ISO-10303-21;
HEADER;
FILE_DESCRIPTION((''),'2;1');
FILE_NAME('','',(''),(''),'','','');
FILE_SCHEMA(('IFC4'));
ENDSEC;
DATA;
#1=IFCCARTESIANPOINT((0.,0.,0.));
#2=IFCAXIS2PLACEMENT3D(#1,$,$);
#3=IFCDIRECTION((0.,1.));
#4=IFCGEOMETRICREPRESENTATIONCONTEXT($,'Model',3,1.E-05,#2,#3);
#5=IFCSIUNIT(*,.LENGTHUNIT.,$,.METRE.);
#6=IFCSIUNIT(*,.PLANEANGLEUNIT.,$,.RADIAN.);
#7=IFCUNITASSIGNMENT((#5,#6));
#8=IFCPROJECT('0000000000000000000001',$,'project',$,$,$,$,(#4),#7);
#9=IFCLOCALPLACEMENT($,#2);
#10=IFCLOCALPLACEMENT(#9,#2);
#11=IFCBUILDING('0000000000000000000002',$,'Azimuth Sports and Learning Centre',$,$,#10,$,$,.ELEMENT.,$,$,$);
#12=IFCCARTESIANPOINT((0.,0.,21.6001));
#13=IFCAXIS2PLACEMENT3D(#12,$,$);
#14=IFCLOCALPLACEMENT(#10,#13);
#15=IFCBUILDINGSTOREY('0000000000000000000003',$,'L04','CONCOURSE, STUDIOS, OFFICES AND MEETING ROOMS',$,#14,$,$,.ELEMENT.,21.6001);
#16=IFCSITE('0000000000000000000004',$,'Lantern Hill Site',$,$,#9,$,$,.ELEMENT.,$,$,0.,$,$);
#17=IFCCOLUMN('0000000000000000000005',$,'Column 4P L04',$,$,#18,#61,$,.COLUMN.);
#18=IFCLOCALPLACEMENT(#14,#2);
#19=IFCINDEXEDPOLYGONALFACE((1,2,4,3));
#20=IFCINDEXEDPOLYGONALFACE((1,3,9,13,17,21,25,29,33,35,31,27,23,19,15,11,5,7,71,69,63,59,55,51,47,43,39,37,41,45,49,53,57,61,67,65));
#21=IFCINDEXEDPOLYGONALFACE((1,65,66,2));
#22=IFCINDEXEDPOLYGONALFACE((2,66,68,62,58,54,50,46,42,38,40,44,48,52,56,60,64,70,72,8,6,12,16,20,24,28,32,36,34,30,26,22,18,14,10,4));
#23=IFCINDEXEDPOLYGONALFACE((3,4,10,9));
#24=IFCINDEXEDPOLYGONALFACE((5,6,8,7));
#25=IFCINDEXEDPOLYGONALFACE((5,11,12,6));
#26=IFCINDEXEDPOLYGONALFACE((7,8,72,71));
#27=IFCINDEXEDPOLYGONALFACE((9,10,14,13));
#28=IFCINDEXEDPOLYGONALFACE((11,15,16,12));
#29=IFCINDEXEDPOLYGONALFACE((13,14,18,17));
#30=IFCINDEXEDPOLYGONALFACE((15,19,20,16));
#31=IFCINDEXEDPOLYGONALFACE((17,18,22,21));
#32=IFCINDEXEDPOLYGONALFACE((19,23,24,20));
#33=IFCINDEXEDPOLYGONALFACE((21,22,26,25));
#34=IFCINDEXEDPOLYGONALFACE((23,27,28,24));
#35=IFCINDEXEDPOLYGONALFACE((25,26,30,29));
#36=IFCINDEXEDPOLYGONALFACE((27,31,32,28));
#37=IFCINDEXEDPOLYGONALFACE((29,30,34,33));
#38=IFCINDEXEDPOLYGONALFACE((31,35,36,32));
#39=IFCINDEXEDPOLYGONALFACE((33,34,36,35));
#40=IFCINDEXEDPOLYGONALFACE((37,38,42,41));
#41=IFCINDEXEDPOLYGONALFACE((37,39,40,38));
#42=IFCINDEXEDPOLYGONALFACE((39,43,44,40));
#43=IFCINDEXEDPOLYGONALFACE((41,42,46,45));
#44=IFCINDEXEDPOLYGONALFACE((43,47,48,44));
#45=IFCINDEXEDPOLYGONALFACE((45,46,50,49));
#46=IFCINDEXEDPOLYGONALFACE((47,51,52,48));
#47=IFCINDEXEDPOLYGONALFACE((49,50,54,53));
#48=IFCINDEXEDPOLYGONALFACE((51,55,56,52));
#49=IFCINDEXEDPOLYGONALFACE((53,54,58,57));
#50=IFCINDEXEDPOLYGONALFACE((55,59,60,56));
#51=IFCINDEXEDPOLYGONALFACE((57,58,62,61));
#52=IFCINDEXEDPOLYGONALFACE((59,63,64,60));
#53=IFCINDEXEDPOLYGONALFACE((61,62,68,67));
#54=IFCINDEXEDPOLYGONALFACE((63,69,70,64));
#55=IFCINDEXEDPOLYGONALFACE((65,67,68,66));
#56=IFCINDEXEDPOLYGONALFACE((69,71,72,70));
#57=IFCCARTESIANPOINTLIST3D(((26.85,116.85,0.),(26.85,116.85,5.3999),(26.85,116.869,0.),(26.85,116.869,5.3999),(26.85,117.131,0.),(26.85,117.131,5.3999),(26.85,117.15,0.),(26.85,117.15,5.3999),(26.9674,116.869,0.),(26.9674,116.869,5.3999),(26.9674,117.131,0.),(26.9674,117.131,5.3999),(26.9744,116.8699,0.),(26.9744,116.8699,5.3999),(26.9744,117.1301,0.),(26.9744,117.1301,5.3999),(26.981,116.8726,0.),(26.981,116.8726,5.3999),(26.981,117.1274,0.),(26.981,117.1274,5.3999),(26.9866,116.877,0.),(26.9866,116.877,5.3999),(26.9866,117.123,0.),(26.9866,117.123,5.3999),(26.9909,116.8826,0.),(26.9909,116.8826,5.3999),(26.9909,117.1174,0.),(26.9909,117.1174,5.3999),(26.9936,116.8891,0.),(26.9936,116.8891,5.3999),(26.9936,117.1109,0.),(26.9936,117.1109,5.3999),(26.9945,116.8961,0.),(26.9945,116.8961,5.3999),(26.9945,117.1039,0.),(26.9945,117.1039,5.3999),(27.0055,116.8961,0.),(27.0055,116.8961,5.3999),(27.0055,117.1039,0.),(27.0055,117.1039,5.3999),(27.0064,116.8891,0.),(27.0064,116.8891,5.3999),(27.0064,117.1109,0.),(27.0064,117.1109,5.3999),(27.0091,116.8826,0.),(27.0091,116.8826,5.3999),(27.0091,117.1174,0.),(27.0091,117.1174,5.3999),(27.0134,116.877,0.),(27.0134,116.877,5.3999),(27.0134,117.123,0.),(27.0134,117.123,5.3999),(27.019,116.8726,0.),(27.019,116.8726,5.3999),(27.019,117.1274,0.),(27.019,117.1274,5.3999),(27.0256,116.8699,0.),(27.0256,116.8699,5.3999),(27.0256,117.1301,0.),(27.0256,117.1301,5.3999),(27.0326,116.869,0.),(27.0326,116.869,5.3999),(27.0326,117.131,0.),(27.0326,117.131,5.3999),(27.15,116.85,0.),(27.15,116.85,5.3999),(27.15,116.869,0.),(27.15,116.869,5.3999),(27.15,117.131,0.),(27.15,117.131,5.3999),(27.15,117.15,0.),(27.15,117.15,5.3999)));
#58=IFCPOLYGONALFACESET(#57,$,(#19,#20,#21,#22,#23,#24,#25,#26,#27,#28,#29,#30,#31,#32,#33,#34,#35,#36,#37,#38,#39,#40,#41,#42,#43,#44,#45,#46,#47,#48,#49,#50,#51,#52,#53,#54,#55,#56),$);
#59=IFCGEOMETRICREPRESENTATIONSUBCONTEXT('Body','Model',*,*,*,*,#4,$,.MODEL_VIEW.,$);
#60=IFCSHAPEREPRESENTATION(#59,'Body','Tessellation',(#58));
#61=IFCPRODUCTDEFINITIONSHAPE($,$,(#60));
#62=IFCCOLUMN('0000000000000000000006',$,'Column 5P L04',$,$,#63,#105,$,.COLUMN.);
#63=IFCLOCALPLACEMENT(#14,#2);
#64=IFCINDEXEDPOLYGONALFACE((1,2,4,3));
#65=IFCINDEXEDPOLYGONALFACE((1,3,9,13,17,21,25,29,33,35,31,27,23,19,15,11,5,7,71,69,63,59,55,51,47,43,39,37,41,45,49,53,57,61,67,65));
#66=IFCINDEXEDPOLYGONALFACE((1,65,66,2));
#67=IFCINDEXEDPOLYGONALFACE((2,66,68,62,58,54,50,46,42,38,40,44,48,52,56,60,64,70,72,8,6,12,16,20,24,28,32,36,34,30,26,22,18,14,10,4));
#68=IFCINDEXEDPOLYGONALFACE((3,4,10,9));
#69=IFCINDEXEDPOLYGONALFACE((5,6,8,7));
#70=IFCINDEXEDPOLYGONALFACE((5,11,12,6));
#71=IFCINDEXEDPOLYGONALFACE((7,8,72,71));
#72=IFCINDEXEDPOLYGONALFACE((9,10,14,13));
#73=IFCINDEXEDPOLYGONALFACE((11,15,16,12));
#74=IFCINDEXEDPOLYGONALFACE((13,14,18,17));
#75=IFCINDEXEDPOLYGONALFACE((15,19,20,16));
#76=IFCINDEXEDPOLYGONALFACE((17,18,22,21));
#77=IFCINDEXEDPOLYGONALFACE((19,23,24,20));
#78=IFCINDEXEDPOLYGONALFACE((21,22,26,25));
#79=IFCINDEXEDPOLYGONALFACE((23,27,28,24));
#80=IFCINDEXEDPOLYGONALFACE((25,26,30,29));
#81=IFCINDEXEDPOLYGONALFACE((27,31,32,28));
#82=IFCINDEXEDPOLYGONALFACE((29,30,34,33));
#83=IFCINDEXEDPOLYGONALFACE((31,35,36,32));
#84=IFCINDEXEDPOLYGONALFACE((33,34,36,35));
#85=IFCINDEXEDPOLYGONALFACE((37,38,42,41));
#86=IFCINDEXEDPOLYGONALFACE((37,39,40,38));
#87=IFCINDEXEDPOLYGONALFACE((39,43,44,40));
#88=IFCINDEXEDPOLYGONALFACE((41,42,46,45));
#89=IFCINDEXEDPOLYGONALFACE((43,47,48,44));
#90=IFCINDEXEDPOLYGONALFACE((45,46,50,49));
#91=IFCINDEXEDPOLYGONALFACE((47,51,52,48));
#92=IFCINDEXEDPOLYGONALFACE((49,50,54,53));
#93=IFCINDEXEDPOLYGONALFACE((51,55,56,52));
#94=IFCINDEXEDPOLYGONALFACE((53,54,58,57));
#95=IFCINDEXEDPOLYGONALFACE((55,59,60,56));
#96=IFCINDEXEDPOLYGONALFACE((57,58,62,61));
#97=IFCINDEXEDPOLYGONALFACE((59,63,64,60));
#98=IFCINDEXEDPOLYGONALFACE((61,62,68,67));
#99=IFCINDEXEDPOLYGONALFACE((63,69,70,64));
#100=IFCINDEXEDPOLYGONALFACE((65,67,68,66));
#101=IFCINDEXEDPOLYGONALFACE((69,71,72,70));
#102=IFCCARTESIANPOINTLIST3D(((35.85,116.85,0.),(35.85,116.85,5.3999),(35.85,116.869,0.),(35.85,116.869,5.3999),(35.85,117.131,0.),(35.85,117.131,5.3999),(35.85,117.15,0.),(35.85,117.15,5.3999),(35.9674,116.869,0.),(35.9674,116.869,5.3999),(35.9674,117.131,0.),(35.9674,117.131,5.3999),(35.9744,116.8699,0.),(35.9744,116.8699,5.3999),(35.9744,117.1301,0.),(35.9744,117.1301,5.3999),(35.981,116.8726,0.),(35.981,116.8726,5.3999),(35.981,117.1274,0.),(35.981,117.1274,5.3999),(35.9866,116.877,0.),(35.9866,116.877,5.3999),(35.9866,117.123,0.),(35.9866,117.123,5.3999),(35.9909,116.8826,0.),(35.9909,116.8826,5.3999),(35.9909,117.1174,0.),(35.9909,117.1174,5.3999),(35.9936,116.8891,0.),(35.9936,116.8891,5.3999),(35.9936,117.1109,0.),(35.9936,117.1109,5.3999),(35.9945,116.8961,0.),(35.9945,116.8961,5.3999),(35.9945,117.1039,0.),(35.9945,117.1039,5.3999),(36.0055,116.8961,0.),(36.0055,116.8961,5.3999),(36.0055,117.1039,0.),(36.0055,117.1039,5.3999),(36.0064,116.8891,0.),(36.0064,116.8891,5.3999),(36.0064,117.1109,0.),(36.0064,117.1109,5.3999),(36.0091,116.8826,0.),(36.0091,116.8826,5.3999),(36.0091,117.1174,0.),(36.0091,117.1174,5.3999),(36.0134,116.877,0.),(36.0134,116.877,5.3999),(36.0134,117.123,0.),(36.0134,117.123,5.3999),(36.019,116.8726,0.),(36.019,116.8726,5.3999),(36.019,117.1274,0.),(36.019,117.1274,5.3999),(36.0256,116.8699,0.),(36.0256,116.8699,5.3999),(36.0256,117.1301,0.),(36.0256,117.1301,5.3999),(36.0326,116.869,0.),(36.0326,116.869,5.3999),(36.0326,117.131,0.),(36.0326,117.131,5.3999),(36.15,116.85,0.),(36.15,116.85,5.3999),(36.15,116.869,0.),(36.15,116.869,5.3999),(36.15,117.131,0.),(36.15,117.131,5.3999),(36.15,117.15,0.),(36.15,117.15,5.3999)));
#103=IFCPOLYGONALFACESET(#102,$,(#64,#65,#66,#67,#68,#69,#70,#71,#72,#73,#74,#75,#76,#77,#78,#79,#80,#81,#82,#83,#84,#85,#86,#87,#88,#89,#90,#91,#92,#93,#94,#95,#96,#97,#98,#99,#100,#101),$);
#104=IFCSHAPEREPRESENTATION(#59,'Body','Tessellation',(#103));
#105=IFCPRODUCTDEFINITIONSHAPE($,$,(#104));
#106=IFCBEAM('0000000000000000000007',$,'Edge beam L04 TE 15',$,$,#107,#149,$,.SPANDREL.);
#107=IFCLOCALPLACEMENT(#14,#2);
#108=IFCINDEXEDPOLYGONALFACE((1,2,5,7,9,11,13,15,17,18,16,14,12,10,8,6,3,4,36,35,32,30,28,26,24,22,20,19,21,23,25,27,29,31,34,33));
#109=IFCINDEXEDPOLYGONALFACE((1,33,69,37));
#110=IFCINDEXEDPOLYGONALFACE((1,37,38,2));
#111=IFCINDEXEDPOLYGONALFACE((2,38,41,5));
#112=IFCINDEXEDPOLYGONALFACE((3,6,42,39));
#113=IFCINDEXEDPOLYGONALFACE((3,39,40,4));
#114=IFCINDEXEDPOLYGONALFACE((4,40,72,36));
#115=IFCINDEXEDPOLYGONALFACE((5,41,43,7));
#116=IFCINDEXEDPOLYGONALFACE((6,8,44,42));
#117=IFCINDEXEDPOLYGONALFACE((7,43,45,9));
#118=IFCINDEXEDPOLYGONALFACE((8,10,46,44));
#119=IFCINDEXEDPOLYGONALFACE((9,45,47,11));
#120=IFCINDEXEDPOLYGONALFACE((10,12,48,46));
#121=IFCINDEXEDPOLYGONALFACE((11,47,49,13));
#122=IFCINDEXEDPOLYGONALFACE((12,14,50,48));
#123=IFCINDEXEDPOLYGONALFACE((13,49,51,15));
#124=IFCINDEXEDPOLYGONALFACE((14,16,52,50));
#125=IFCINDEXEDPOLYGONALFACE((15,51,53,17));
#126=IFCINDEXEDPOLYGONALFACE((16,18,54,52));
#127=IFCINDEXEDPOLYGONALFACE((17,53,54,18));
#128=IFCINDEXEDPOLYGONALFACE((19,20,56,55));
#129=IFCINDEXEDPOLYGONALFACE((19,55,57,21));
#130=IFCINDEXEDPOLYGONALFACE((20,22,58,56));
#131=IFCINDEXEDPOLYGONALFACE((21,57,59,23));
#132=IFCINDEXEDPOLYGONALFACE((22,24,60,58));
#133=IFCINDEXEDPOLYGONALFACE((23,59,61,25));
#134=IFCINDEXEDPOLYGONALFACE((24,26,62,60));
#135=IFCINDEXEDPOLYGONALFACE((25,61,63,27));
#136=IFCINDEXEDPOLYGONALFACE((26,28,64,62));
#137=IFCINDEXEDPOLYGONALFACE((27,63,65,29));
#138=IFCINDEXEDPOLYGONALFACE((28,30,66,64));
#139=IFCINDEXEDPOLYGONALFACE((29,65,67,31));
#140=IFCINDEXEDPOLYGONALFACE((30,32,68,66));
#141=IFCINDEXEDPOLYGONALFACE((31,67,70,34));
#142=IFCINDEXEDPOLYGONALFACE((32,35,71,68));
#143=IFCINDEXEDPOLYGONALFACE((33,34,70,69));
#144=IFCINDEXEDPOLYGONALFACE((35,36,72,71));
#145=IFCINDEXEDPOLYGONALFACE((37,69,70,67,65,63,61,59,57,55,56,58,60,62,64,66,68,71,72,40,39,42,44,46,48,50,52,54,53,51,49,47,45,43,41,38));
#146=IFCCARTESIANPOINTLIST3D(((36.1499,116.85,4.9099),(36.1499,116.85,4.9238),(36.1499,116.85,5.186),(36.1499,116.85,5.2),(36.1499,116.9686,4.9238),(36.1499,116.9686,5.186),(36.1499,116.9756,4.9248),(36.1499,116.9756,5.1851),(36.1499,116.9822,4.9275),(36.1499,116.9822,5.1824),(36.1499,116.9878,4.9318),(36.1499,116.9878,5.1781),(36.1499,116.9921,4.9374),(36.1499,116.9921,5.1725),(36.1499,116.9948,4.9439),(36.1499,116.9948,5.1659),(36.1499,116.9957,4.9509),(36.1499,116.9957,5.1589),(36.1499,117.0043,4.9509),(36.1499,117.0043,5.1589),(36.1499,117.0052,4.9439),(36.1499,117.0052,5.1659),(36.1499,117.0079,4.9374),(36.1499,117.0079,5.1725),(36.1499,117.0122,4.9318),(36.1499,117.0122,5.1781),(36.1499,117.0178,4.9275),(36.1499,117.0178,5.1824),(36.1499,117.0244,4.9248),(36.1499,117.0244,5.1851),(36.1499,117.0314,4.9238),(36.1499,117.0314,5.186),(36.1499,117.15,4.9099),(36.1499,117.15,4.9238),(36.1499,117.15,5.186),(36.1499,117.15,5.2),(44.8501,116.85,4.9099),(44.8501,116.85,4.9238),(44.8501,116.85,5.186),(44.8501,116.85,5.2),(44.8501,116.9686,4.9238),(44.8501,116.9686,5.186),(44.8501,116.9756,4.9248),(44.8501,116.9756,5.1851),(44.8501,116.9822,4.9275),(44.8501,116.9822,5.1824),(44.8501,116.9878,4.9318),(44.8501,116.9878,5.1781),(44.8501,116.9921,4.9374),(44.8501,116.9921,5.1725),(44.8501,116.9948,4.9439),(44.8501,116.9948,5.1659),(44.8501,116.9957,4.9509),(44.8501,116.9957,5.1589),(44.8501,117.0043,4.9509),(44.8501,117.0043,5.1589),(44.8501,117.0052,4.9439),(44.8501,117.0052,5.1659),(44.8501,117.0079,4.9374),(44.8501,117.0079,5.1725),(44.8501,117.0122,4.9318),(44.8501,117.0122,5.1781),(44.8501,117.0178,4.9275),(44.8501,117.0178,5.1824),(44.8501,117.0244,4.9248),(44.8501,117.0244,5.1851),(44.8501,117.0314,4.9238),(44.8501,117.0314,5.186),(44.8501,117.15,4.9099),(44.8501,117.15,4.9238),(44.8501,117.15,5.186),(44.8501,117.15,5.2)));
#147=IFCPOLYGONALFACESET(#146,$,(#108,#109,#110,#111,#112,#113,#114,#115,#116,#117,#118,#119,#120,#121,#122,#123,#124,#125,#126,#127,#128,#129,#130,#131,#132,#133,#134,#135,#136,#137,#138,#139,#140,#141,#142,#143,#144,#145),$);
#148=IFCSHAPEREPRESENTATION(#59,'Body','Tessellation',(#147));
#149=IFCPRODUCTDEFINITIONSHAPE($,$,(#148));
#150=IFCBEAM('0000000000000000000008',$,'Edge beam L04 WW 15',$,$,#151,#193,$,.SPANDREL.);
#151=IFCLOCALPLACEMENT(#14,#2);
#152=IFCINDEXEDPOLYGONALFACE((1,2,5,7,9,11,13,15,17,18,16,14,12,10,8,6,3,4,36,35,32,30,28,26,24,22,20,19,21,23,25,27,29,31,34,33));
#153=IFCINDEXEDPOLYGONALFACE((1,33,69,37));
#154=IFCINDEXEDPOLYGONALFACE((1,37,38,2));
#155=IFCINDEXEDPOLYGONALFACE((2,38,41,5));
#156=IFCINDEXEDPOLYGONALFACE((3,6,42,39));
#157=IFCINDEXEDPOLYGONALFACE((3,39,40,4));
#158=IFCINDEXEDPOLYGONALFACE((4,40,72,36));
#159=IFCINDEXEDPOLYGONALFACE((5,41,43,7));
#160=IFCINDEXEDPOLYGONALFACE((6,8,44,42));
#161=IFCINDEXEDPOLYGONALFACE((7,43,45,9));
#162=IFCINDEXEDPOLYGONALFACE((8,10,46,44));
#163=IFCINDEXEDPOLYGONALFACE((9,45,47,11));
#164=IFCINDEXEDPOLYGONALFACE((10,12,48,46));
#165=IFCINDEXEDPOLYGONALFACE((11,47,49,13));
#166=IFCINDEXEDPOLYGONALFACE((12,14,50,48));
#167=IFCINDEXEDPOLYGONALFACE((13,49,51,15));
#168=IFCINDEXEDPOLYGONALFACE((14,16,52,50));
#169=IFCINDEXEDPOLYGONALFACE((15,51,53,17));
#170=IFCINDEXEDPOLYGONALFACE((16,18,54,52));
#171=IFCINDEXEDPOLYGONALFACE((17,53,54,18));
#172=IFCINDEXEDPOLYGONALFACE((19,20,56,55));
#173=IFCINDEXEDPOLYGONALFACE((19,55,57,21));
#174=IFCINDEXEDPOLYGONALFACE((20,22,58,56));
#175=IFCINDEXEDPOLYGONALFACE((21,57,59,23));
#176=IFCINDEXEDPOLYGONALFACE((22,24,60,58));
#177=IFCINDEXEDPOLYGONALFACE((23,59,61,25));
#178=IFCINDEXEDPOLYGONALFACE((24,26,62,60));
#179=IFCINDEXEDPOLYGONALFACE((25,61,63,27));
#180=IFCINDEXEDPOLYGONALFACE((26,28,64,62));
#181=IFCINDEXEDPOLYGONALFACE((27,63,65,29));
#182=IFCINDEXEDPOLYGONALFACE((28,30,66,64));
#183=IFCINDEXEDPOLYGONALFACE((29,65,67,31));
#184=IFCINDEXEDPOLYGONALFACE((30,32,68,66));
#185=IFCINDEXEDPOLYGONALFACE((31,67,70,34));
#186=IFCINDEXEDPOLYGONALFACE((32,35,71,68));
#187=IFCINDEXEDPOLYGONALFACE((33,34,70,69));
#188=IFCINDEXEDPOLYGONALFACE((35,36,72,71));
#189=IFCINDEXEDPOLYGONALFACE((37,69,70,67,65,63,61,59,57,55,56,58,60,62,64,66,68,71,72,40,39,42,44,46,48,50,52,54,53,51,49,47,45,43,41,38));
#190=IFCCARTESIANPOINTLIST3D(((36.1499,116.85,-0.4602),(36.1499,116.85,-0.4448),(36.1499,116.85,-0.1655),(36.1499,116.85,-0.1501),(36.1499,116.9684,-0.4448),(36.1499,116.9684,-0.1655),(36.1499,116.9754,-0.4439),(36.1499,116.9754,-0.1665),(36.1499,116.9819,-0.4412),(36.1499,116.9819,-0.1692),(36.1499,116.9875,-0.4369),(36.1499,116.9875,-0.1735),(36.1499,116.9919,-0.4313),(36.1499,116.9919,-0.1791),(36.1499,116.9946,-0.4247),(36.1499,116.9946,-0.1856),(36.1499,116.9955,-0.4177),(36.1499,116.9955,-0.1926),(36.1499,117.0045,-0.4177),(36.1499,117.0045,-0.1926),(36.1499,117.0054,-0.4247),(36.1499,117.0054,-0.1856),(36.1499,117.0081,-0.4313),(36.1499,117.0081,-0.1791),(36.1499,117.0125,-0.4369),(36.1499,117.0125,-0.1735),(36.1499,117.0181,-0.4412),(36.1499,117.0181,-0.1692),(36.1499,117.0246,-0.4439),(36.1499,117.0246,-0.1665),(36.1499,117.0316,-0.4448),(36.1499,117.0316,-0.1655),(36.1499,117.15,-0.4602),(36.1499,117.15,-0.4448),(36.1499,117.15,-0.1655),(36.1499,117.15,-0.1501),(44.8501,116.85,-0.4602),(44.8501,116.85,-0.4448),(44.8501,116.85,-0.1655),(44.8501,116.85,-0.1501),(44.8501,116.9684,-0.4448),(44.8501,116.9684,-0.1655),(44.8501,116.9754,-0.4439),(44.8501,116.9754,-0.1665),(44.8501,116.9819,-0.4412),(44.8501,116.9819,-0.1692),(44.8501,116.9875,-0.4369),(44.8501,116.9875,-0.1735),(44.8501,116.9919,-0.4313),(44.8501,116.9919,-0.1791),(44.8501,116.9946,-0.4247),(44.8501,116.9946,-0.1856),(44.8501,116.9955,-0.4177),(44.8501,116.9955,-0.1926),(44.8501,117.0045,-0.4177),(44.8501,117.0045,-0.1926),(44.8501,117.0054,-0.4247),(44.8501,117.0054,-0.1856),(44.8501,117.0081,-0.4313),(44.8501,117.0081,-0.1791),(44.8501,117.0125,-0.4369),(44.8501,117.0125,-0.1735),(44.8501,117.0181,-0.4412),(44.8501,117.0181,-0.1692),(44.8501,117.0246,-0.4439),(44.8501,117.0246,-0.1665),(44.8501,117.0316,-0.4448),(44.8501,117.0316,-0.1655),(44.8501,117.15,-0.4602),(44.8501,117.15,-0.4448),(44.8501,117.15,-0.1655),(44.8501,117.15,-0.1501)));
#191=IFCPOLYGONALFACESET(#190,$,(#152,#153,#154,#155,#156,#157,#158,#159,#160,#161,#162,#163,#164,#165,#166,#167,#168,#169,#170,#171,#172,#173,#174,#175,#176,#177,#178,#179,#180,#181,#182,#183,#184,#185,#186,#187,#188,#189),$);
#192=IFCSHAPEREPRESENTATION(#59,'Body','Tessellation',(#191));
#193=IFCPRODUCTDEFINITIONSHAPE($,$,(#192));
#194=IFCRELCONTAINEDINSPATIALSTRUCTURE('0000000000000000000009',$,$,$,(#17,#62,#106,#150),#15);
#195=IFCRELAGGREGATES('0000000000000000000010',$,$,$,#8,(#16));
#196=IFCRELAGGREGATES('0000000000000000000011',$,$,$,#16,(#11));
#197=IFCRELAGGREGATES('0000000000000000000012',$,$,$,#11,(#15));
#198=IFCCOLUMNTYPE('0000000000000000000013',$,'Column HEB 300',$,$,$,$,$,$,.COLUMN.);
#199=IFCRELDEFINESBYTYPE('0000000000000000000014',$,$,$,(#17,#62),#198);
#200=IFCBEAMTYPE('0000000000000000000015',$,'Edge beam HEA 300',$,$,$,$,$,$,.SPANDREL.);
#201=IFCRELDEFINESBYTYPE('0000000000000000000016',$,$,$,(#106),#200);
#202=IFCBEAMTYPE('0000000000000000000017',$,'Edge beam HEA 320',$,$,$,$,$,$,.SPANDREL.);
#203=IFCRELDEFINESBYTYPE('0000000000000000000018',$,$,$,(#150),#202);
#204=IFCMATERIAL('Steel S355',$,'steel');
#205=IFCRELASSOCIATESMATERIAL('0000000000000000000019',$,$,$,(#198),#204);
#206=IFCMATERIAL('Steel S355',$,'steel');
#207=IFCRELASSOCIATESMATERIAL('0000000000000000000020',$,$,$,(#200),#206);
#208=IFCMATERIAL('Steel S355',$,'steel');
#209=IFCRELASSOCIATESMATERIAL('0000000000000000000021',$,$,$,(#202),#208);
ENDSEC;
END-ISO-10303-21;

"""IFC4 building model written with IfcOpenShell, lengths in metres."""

from ifc_helpers import new_model, si_unit, direction, frame, origin, origin_2d, place, context, subcontext, project, spatial, i_section, extrude, material, material_profile, profile_set, type_object, element, save


model = new_model("IFC4")

# Units and contexts
model_context = context("Model", 3, precision=1e-05, world=origin(), true_north=direction((0.0, 1.0)))
body_context = subcontext(model_context, "Body", "Model", "MODEL_VIEW")
ifc_project = project(units=[si_unit("LENGTHUNIT", "METRE"), si_unit("PLANEANGLEUNIT", "RADIAN")], contexts=[model_context])

# Site, building, storey
site_placement = place(None, origin())
site = spatial("IfcSite", under=ifc_project, at=site_placement, Name="Lantern Hill Site", CompositionType="ELEMENT", RefElevation=0.0)
building_placement = place(site_placement, origin())
building = spatial("IfcBuilding", under=site, at=building_placement, Name="Azimuth Sports and Learning Centre", CompositionType="ELEMENT")
storey_placement = place(building_placement, frame((0.0, 0.0, 21.6001)))
storey = spatial("IfcBuildingStorey", under=building, at=storey_placement, Name="L04", Description="CONCOURSE, STUDIOS, OFFICES AND MEETING ROOMS", CompositionType="ELEMENT", Elevation=21.6001)

# Columns
ifc_material_1 = material(Name="Steel S355", Category="steel")
ifc_material_profile_1 = material_profile(ifc_material_1, i_section(OverallWidth=0.3, OverallDepth=0.3, WebThickness=0.011, FlangeThickness=0.019, FilletRadius=0.0271, at=origin_2d()), Name="HEB 300")
ifc_profile_set_1 = profile_set([ifc_material_profile_1], Name="Steel S355")
column_type = type_object("IfcColumnType", Name="Column HEB 300", PredefinedType="COLUMN", material=ifc_profile_set_1)
for number, where, z_axis, x_axis, name in (
    (1, (27.0, 117.0, 0.0), (0.0, 0.0, 1.0), (1.0, 0.0, 0.0), "Column 4P L04"),
    (2, (36.0, 117.0, 0.0), (0.0, 0.0, 1.0), (1.0, 0.0, 0.0), "Column 5P L04"),
):
    element("IfcColumn", number, at=place(storey_placement, frame(where, z_axis=z_axis, x_axis=x_axis)), inside=storey, type_object=column_type, Name=name, PredefinedType="COLUMN", context=body_context, shape_type="SweptSolid", body=[
        extrude(i_section(OverallWidth=0.3, OverallDepth=0.3, WebThickness=0.011, FlangeThickness=0.019, FilletRadius=0.0271, at=origin_2d()), origin(), (0.0, 0.0, 1.0), 5.3999),
    ])

# Beams
ifc_material_2 = material(Name="Steel S355", Category="steel")
ifc_material_profile_2 = material_profile(ifc_material_2, i_section(OverallWidth=0.3, OverallDepth=0.29, WebThickness=0.0085, FlangeThickness=0.0139, FilletRadius=0.0271, at=origin_2d()), Name="HEA 300")
ifc_profile_set_2 = profile_set([ifc_material_profile_2], Name="Steel S355")
beam_type_1 = type_object("IfcBeamType", Name="Edge beam HEA 300", PredefinedType="SPANDREL", material=ifc_profile_set_2)
beam_1_placement = place(storey_placement, frame((36.1499, 117.0, 5.0549), z_axis=(1.0, 0.0, 0.0), x_axis=(0.0, 1.0, 0.0)))
element("IfcBeam", 3, at=beam_1_placement, inside=storey, type_object=beam_type_1, Name="Edge beam L04 TE 15", PredefinedType="SPANDREL", context=body_context, shape_type="SweptSolid", body=[
    extrude(i_section(OverallWidth=0.3, OverallDepth=0.29, WebThickness=0.0085, FlangeThickness=0.0139, FilletRadius=0.0271, at=origin_2d()), origin(), (0.0, 0.0, 1.0), 8.7002),
])
ifc_material_3 = material(Name="Steel S355", Category="steel")
ifc_material_profile_3 = material_profile(ifc_material_3, i_section(OverallWidth=0.3, OverallDepth=0.3101, WebThickness=0.009, FlangeThickness=0.0154, FilletRadius=0.0271, at=origin_2d()), Name="HEA 320")
ifc_profile_set_3 = profile_set([ifc_material_profile_3], Name="Steel S355")
beam_type_2 = type_object("IfcBeamType", Name="Edge beam HEA 320", PredefinedType="SPANDREL", material=ifc_profile_set_3)
beam_2_placement = place(storey_placement, frame((36.1499, 117.0, -0.3052), z_axis=(1.0, 0.0, 0.0), x_axis=(0.0, 1.0, 0.0)))
element("IfcBeam", 4, at=beam_2_placement, inside=storey, type_object=beam_type_2, Name="Edge beam L04 WW 15", PredefinedType="SPANDREL", context=body_context, shape_type="SweptSolid", body=[
    extrude(i_section(OverallWidth=0.3, OverallDepth=0.3101, WebThickness=0.009, FlangeThickness=0.0154, FilletRadius=0.0271, at=origin_2d()), origin(), (0.0, 0.0, 1.0), 8.7002),
])

save(model, "model.ifc")
